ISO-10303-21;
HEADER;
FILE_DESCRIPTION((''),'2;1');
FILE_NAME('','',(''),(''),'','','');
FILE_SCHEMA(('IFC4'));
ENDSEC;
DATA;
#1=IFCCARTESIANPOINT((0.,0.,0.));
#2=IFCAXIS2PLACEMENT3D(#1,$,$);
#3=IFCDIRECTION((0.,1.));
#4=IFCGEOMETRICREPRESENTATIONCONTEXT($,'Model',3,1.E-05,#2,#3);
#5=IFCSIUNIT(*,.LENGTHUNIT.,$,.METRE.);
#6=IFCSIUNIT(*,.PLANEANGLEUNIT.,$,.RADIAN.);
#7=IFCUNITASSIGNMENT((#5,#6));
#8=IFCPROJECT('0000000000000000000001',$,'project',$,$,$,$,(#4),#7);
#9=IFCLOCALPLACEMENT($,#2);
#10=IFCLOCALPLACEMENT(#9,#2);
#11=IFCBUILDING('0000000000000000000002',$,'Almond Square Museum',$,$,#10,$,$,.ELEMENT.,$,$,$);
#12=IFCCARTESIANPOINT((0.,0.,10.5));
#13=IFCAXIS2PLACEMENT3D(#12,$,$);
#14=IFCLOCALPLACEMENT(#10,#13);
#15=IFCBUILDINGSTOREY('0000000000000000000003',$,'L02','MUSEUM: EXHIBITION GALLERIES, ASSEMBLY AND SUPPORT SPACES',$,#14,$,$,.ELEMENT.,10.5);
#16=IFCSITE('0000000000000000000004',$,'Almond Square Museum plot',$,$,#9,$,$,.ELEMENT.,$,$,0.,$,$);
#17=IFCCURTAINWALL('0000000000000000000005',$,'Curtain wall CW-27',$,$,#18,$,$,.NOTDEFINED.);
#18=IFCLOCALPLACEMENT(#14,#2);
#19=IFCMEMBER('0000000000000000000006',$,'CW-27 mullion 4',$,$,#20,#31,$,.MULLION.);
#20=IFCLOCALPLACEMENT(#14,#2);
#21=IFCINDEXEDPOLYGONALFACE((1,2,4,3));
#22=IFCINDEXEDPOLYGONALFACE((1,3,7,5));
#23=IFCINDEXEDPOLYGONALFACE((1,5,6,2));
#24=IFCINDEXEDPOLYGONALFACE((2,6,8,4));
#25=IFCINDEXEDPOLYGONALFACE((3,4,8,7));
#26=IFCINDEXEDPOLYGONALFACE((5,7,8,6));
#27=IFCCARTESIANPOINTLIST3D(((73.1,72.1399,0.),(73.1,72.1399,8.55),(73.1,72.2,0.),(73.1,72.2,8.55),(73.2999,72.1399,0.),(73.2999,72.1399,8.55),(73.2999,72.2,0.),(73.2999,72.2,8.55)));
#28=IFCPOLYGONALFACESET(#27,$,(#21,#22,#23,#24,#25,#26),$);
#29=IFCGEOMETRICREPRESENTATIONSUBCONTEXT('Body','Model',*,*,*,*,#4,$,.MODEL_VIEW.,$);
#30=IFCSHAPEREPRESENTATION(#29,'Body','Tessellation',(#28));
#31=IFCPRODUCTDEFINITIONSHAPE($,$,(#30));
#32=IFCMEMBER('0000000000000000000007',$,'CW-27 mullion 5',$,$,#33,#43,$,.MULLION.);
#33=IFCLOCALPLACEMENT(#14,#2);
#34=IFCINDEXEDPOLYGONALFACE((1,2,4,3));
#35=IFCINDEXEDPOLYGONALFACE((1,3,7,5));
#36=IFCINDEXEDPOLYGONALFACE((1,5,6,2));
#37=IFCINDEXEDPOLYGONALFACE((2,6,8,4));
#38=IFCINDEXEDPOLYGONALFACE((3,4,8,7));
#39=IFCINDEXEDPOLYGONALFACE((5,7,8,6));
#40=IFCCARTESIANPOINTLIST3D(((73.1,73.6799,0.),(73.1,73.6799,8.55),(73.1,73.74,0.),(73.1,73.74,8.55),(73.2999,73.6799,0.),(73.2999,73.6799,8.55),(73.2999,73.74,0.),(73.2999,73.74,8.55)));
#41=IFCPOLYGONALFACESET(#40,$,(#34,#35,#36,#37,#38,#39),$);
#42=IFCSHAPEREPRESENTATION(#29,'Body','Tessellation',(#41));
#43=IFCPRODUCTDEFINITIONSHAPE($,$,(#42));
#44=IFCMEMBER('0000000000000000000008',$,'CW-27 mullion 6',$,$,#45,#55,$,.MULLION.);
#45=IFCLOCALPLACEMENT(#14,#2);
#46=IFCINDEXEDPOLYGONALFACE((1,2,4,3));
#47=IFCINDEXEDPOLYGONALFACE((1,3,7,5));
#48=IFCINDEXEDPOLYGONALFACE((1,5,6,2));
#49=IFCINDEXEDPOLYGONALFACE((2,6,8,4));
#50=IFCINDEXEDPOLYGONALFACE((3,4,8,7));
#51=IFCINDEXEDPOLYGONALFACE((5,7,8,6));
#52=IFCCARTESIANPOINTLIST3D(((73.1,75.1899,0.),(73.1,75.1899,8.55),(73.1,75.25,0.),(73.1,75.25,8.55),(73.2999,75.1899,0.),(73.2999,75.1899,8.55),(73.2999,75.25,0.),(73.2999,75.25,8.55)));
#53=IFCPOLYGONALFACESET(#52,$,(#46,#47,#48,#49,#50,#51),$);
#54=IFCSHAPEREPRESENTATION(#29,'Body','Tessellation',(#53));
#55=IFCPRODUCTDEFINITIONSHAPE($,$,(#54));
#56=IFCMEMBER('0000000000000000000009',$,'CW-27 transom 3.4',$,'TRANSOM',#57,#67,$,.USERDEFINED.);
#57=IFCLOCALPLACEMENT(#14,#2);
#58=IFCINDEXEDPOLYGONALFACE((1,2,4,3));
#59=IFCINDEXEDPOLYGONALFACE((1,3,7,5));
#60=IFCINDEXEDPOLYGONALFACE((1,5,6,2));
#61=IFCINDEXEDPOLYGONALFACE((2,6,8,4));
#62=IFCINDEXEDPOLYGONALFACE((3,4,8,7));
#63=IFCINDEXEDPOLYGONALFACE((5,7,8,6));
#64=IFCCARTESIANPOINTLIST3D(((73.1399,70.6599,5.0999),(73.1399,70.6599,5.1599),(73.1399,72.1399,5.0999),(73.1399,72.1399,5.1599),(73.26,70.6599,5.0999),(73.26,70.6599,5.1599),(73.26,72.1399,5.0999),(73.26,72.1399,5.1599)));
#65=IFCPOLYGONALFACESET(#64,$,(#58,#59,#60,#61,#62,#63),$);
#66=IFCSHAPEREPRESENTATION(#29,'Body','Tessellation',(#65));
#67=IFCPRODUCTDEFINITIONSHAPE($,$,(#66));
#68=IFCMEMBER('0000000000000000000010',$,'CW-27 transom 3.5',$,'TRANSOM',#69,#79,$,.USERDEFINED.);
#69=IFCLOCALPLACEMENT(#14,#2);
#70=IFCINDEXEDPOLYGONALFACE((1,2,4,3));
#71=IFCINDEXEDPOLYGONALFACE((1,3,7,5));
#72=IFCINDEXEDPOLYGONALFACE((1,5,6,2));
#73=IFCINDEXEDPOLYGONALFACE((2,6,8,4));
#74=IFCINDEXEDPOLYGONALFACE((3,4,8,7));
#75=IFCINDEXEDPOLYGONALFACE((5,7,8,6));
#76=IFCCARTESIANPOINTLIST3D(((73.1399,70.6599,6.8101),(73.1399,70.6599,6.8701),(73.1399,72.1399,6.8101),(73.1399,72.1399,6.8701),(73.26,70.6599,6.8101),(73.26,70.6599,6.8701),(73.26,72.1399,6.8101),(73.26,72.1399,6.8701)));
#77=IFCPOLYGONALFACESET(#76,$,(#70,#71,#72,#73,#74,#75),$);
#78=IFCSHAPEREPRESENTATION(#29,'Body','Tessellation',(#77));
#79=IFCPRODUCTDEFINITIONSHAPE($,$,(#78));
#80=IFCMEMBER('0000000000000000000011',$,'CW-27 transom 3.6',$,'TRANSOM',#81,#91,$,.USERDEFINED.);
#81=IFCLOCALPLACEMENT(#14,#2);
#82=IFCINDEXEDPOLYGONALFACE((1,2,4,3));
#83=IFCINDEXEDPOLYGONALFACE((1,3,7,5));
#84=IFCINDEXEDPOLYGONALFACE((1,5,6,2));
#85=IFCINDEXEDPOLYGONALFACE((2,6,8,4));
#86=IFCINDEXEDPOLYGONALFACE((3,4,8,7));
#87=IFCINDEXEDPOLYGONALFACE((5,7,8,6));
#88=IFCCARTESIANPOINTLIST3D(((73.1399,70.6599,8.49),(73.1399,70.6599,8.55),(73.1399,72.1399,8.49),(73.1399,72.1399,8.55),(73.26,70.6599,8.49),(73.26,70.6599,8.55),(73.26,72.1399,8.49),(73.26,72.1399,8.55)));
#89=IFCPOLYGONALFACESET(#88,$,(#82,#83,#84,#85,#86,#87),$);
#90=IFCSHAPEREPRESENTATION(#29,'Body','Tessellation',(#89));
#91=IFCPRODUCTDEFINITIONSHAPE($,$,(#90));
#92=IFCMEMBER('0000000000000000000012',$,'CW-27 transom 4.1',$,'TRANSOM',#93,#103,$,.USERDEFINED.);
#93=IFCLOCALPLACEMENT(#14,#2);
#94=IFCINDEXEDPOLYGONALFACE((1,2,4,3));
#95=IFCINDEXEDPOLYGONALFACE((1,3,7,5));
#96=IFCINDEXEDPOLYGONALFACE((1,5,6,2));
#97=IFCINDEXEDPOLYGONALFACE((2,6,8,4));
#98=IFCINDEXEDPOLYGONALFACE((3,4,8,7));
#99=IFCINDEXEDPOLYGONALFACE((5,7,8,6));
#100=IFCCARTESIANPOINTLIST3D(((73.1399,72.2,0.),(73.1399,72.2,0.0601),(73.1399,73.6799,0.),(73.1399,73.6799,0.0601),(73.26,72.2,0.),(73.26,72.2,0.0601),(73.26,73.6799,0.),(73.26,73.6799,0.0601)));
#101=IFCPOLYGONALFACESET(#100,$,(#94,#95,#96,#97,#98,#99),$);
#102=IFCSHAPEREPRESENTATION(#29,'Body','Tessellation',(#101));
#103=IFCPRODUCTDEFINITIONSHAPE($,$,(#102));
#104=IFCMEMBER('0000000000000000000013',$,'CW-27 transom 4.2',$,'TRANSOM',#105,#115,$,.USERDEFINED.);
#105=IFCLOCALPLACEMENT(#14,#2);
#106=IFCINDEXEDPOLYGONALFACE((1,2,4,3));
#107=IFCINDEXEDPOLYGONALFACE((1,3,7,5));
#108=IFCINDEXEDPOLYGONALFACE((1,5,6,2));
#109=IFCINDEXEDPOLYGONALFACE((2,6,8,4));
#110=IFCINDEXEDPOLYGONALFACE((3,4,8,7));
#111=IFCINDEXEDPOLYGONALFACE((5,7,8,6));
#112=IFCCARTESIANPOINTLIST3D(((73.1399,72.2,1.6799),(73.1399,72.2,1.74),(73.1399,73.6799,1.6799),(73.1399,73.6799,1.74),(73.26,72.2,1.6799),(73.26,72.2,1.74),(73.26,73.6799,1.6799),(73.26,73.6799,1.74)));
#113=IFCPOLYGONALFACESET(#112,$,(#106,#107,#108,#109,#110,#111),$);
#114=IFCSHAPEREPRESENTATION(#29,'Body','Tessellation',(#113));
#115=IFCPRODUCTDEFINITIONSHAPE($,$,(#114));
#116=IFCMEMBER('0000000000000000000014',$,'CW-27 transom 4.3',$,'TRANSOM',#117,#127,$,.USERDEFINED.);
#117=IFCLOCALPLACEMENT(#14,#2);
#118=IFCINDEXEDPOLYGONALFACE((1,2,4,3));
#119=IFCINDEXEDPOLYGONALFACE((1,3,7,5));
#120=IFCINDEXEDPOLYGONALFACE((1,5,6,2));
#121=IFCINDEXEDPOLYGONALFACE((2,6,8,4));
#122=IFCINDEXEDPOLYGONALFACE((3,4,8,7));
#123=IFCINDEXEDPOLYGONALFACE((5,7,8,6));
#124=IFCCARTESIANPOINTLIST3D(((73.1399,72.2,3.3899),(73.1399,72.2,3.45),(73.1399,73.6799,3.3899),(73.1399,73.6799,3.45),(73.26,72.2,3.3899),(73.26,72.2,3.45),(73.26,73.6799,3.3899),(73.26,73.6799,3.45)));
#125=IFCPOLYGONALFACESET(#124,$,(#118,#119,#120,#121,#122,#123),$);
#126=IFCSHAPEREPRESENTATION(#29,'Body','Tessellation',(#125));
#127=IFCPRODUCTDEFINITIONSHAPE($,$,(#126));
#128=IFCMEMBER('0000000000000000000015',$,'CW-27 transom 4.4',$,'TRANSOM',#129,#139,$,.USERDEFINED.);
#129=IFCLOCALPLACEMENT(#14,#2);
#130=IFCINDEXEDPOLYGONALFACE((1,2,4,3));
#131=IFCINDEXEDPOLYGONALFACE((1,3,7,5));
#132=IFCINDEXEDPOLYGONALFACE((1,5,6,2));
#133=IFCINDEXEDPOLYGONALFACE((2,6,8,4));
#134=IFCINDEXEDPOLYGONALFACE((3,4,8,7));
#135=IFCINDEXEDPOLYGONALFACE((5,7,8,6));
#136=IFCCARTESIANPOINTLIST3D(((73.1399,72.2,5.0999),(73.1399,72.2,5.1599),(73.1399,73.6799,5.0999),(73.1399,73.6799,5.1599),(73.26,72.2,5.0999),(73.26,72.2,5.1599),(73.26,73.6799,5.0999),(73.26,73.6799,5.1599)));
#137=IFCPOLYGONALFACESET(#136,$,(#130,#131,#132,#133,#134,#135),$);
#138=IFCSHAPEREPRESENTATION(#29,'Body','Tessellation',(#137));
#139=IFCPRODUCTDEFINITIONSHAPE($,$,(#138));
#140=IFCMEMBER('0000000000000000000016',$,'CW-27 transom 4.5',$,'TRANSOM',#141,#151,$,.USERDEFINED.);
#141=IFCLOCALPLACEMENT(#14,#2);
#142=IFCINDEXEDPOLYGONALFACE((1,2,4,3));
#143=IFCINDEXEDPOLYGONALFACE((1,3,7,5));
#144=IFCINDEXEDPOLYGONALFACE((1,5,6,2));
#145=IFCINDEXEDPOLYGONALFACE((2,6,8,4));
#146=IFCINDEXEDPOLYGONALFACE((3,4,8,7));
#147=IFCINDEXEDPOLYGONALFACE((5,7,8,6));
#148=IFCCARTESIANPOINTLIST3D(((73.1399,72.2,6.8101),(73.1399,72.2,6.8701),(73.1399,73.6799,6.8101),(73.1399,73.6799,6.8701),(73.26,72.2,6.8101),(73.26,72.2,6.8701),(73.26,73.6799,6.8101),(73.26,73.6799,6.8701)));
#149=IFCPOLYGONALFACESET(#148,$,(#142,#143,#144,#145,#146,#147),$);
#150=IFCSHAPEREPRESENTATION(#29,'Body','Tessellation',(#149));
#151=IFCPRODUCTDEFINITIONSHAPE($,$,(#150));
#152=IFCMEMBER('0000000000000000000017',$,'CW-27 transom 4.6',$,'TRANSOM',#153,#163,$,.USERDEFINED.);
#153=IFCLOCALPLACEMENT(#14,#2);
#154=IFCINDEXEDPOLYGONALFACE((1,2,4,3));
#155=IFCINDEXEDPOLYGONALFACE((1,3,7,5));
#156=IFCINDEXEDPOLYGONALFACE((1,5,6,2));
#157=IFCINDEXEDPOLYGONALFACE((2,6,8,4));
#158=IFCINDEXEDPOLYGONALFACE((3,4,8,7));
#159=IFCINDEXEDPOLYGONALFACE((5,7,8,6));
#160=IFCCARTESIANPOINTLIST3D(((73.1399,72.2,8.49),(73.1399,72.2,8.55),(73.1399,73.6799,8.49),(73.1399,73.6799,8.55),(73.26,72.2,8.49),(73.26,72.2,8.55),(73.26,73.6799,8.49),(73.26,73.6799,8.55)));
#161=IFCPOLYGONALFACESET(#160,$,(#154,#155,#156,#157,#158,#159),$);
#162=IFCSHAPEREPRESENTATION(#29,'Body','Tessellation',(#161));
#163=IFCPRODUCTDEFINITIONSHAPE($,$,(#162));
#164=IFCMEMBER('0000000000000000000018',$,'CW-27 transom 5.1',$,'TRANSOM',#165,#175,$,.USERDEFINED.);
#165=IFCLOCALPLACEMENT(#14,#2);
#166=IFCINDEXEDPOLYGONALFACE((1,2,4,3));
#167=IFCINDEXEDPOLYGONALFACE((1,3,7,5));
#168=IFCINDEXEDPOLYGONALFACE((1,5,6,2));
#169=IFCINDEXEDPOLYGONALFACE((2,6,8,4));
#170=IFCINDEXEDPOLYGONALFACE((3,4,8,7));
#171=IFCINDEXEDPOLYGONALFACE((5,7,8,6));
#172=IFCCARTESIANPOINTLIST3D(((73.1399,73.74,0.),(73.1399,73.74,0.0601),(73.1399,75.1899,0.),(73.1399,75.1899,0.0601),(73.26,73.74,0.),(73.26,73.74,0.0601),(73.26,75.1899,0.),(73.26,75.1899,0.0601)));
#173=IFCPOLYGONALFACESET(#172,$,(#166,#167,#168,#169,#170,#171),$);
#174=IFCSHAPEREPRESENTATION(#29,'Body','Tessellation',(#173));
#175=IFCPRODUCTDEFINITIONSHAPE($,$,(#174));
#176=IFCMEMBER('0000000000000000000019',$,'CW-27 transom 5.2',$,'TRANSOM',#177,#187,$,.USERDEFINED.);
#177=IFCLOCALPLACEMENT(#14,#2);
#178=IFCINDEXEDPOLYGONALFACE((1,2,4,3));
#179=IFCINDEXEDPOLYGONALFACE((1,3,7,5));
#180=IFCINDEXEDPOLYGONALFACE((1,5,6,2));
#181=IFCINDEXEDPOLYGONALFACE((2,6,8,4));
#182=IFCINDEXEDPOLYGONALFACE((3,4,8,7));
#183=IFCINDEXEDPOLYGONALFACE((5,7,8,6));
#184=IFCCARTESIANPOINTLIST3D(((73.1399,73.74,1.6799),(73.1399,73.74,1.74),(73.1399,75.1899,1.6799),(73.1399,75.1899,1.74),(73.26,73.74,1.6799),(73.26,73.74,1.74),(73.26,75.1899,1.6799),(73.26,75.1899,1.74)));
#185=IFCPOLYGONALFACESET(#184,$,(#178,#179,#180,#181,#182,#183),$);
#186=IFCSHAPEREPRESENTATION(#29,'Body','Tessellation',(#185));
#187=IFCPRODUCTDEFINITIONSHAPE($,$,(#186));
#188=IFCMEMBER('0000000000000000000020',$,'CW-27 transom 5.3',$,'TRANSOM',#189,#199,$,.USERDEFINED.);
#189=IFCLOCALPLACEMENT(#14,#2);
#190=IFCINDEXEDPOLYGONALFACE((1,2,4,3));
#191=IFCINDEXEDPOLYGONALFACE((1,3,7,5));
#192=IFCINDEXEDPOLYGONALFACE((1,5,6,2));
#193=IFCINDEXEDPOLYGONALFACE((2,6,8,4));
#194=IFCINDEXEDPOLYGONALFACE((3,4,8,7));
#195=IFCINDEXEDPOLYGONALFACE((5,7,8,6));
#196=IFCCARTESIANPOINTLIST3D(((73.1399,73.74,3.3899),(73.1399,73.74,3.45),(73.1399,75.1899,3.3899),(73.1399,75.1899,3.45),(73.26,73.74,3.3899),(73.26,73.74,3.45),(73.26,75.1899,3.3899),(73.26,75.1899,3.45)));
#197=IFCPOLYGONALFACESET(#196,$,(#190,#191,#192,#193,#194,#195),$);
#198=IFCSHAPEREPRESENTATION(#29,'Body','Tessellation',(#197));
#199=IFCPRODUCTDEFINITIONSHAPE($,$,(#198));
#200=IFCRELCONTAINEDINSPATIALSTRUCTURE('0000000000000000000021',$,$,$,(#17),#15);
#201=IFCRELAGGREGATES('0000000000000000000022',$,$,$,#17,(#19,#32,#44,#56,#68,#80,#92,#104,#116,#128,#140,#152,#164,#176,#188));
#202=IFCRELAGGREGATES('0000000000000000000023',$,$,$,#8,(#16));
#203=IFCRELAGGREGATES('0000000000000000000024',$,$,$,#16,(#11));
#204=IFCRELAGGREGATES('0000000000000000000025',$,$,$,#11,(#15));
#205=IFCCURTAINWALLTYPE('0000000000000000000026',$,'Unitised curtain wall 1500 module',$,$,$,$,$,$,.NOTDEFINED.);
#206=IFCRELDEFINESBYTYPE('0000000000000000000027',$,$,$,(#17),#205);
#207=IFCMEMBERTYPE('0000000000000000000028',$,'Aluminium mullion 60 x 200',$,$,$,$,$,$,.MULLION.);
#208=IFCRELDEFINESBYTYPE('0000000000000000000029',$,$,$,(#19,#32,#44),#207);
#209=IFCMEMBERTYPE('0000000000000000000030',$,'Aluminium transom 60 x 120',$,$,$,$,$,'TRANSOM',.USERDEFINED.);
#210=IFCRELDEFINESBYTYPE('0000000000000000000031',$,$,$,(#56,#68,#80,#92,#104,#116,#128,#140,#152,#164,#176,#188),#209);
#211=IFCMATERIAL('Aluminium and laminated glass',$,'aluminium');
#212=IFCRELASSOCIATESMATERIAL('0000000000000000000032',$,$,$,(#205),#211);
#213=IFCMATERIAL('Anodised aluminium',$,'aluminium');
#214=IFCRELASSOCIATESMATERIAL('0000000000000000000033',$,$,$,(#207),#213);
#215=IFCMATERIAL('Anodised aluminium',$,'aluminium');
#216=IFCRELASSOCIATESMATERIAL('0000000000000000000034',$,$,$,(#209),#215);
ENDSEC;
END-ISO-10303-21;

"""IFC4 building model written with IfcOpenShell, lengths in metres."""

from ifc_helpers import new_model, si_unit, direction, frame, origin, origin_2d, place, context, subcontext, project, spatial, rectangle, extrude, material, material_profile, profile_set, type_object, element, aggregate, save


model = new_model("IFC4")

# Units and contexts
model_context = context("Model", 3, precision=1e-05, world=origin(), true_north=direction((0.0, 1.0)))
body_context = subcontext(model_context, "Body", "Model", "MODEL_VIEW")
ifc_project = project(units=[si_unit("LENGTHUNIT", "METRE"), si_unit("PLANEANGLEUNIT", "RADIAN")], contexts=[model_context])

# Site, building, storey
site_placement = place(None, origin())
site = spatial("IfcSite", under=ifc_project, at=site_placement, Name="Almond Square Museum plot", CompositionType="ELEMENT", RefElevation=0.0)
building_placement = place(site_placement, origin())
building = spatial("IfcBuilding", under=site, at=building_placement, Name="Almond Square Museum", CompositionType="ELEMENT")
storey_placement = place(building_placement, frame((0.0, 0.0, 10.5)))
storey = spatial("IfcBuildingStorey", under=building, at=storey_placement, Name="L02", Description="MUSEUM: EXHIBITION GALLERIES, ASSEMBLY AND SUPPORT SPACES", CompositionType="ELEMENT", Elevation=10.5)

# Curtain wall, members
ifc_material_1 = material(Name="Aluminium and laminated glass", Category="aluminium")
curtain_wall_type = type_object("IfcCurtainWallType", Name="Unitised curtain wall 1500 module", PredefinedType="NOTDEFINED", material=ifc_material_1)
curtain_wall_placement = place(storey_placement, origin())
curtain_wall = element("IfcCurtainWall", 1, at=curtain_wall_placement, inside=storey, type_object=curtain_wall_type, Name="Curtain wall CW-27", PredefinedType="NOTDEFINED")
ifc_material_2 = material(Name="Anodised aluminium", Category="aluminium")
ifc_material_profile_1 = material_profile(ifc_material_2, rectangle(XDim=0.2, YDim=0.0601, at=origin_2d()))
ifc_profile_set_1 = profile_set([ifc_material_profile_1], Name="Anodised aluminium")
member_type_1 = type_object("IfcMemberType", Name="Aluminium mullion 60 x 200", PredefinedType="MULLION", material=ifc_profile_set_1)
member_1_placement = place(storey_placement, frame((73.2, 72.1699, 0.0), z_axis=(0.0, 0.0, 1.0), x_axis=(-1.0, 0.0, 0.0)))
member_1 = element("IfcMember", 2, at=member_1_placement, type_object=member_type_1, Name="CW-27 mullion 4", PredefinedType="MULLION", context=body_context, shape_type="SweptSolid", body=[
    extrude(rectangle(XDim=0.2, YDim=0.0601, at=origin_2d()), origin(), (0.0, 0.0, 1.0), 8.55),
])
member_2_placement = place(storey_placement, frame((73.2, 73.71, 0.0), z_axis=(0.0, 0.0, 1.0), x_axis=(-1.0, 0.0, 0.0)))
member_2 = element("IfcMember", 3, at=member_2_placement, type_object=member_type_1, Name="CW-27 mullion 5", PredefinedType="MULLION", context=body_context, shape_type="SweptSolid", body=[
    extrude(rectangle(XDim=0.2, YDim=0.0601, at=origin_2d()), origin(), (0.0, 0.0, 1.0), 8.55),
])
member_3_placement = place(storey_placement, frame((73.2, 75.22, 0.0), z_axis=(0.0, 0.0, 1.0), x_axis=(-1.0, 0.0, 0.0)))
member_3 = element("IfcMember", 4, at=member_3_placement, type_object=member_type_1, Name="CW-27 mullion 6", PredefinedType="MULLION", context=body_context, shape_type="SweptSolid", body=[
    extrude(rectangle(XDim=0.2, YDim=0.0601, at=origin_2d()), origin(), (0.0, 0.0, 1.0), 8.55),
])
ifc_material_3 = material(Name="Anodised aluminium", Category="aluminium")
ifc_material_profile_2 = material_profile(ifc_material_3, rectangle(XDim=0.1201, YDim=0.0601, at=origin_2d()))
ifc_profile_set_2 = profile_set([ifc_material_profile_2], Name="Anodised aluminium")
member_type_2 = type_object("IfcMemberType", Name="Aluminium transom 60 x 120", ElementType="TRANSOM", PredefinedType="USERDEFINED", material=ifc_profile_set_2)
member_4_placement = place(storey_placement, frame((73.2, 70.6599, 5.1299), z_axis=(0.0, 1.0, 0.0), x_axis=(-1.0, 0.0, 0.0)))
member_4 = element("IfcMember", 5, at=member_4_placement, type_object=member_type_2, Name="CW-27 transom 3.4", ObjectType="TRANSOM", PredefinedType="USERDEFINED", context=body_context, shape_type="SweptSolid", body=[
    extrude(rectangle(XDim=0.1201, YDim=0.0601, at=origin_2d()), origin(), (0.0, 0.0, 1.0), 1.48),
])
member_5_placement = place(storey_placement, frame((73.2, 70.6599, 6.8401), z_axis=(0.0, 1.0, 0.0), x_axis=(-1.0, 0.0, 0.0)))
member_5 = element("IfcMember", 6, at=member_5_placement, type_object=member_type_2, Name="CW-27 transom 3.5", ObjectType="TRANSOM", PredefinedType="USERDEFINED", context=body_context, shape_type="SweptSolid", body=[
    extrude(rectangle(XDim=0.1201, YDim=0.0601, at=origin_2d()), origin(), (0.0, 0.0, 1.0), 1.48),
])
member_6_placement = place(storey_placement, frame((73.2, 70.6599, 8.52), z_axis=(0.0, 1.0, 0.0), x_axis=(-1.0, 0.0, 0.0)))
member_6 = element("IfcMember", 7, at=member_6_placement, type_object=member_type_2, Name="CW-27 transom 3.6", ObjectType="TRANSOM", PredefinedType="USERDEFINED", context=body_context, shape_type="SweptSolid", body=[
    extrude(rectangle(XDim=0.1201, YDim=0.0601, at=origin_2d()), origin(), (0.0, 0.0, 1.0), 1.48),
])
member_7_placement = place(storey_placement, frame((73.2, 72.2, 0.03), z_axis=(0.0, 1.0, 0.0), x_axis=(-1.0, 0.0, 0.0)))
member_7 = element("IfcMember", 8, at=member_7_placement, type_object=member_type_2, Name="CW-27 transom 4.1", ObjectType="TRANSOM", PredefinedType="USERDEFINED", context=body_context, shape_type="SweptSolid", body=[
    extrude(rectangle(XDim=0.1201, YDim=0.0601, at=origin_2d()), origin(), (0.0, 0.0, 1.0), 1.48),
])
member_8_placement = place(storey_placement, frame((73.2, 72.2, 1.71), z_axis=(0.0, 1.0, 0.0), x_axis=(-1.0, 0.0, 0.0)))
member_8 = element("IfcMember", 9, at=member_8_placement, type_object=member_type_2, Name="CW-27 transom 4.2", ObjectType="TRANSOM", PredefinedType="USERDEFINED", context=body_context, shape_type="SweptSolid", body=[
    extrude(rectangle(XDim=0.1201, YDim=0.0601, at=origin_2d()), origin(), (0.0, 0.0, 1.0), 1.48),
])
member_9_placement = place(storey_placement, frame((73.2, 72.2, 3.4199), z_axis=(0.0, 1.0, 0.0), x_axis=(-1.0, 0.0, 0.0)))
member_9 = element("IfcMember", 10, at=member_9_placement, type_object=member_type_2, Name="CW-27 transom 4.3", ObjectType="TRANSOM", PredefinedType="USERDEFINED", context=body_context, shape_type="SweptSolid", body=[
    extrude(rectangle(XDim=0.1201, YDim=0.0601, at=origin_2d()), origin(), (0.0, 0.0, 1.0), 1.48),
])
member_10_placement = place(storey_placement, frame((73.2, 72.2, 5.1299), z_axis=(0.0, 1.0, 0.0), x_axis=(-1.0, 0.0, 0.0)))
member_10 = element("IfcMember", 11, at=member_10_placement, type_object=member_type_2, Name="CW-27 transom 4.4", ObjectType="TRANSOM", PredefinedType="USERDEFINED", context=body_context, shape_type="SweptSolid", body=[
    extrude(rectangle(XDim=0.1201, YDim=0.0601, at=origin_2d()), origin(), (0.0, 0.0, 1.0), 1.48),
])
member_11_placement = place(storey_placement, frame((73.2, 72.2, 6.8401), z_axis=(0.0, 1.0, 0.0), x_axis=(-1.0, 0.0, 0.0)))
member_11 = element("IfcMember", 12, at=member_11_placement, type_object=member_type_2, Name="CW-27 transom 4.5", ObjectType="TRANSOM", PredefinedType="USERDEFINED", context=body_context, shape_type="SweptSolid", body=[
    extrude(rectangle(XDim=0.1201, YDim=0.0601, at=origin_2d()), origin(), (0.0, 0.0, 1.0), 1.48),
])
member_12_placement = place(storey_placement, frame((73.2, 72.2, 8.52), z_axis=(0.0, 1.0, 0.0), x_axis=(-1.0, 0.0, 0.0)))
member_12 = element("IfcMember", 13, at=member_12_placement, type_object=member_type_2, Name="CW-27 transom 4.6", ObjectType="TRANSOM", PredefinedType="USERDEFINED", context=body_context, shape_type="SweptSolid", body=[
    extrude(rectangle(XDim=0.1201, YDim=0.0601, at=origin_2d()), origin(), (0.0, 0.0, 1.0), 1.48),
])
member_13_placement = place(storey_placement, frame((73.2, 73.74, 0.03), z_axis=(0.0, 1.0, 0.0), x_axis=(-1.0, 0.0, 0.0)))
member_13 = element("IfcMember", 14, at=member_13_placement, type_object=member_type_2, Name="CW-27 transom 5.1", ObjectType="TRANSOM", PredefinedType="USERDEFINED", context=body_context, shape_type="SweptSolid", body=[
    extrude(rectangle(XDim=0.1201, YDim=0.0601, at=origin_2d()), origin(), (0.0, 0.0, 1.0), 1.45),
])
member_14_placement = place(storey_placement, frame((73.2, 73.74, 1.71), z_axis=(0.0, 1.0, 0.0), x_axis=(-1.0, 0.0, 0.0)))
member_14 = element("IfcMember", 15, at=member_14_placement, type_object=member_type_2, Name="CW-27 transom 5.2", ObjectType="TRANSOM", PredefinedType="USERDEFINED", context=body_context, shape_type="SweptSolid", body=[
    extrude(rectangle(XDim=0.1201, YDim=0.0601, at=origin_2d()), origin(), (0.0, 0.0, 1.0), 1.45),
])
member_15_placement = place(storey_placement, frame((73.2, 73.74, 3.4199), z_axis=(0.0, 1.0, 0.0), x_axis=(-1.0, 0.0, 0.0)))
member_15 = element("IfcMember", 16, at=member_15_placement, type_object=member_type_2, Name="CW-27 transom 5.3", ObjectType="TRANSOM", PredefinedType="USERDEFINED", context=body_context, shape_type="SweptSolid", body=[
    extrude(rectangle(XDim=0.1201, YDim=0.0601, at=origin_2d()), origin(), (0.0, 0.0, 1.0), 1.45),
])
aggregate(curtain_wall, [member_1, member_2, member_3, member_4, member_5, member_6, member_7, member_8, member_9, member_10, member_11, member_12, member_13, member_14, member_15])

save(model, "model.ifc")
